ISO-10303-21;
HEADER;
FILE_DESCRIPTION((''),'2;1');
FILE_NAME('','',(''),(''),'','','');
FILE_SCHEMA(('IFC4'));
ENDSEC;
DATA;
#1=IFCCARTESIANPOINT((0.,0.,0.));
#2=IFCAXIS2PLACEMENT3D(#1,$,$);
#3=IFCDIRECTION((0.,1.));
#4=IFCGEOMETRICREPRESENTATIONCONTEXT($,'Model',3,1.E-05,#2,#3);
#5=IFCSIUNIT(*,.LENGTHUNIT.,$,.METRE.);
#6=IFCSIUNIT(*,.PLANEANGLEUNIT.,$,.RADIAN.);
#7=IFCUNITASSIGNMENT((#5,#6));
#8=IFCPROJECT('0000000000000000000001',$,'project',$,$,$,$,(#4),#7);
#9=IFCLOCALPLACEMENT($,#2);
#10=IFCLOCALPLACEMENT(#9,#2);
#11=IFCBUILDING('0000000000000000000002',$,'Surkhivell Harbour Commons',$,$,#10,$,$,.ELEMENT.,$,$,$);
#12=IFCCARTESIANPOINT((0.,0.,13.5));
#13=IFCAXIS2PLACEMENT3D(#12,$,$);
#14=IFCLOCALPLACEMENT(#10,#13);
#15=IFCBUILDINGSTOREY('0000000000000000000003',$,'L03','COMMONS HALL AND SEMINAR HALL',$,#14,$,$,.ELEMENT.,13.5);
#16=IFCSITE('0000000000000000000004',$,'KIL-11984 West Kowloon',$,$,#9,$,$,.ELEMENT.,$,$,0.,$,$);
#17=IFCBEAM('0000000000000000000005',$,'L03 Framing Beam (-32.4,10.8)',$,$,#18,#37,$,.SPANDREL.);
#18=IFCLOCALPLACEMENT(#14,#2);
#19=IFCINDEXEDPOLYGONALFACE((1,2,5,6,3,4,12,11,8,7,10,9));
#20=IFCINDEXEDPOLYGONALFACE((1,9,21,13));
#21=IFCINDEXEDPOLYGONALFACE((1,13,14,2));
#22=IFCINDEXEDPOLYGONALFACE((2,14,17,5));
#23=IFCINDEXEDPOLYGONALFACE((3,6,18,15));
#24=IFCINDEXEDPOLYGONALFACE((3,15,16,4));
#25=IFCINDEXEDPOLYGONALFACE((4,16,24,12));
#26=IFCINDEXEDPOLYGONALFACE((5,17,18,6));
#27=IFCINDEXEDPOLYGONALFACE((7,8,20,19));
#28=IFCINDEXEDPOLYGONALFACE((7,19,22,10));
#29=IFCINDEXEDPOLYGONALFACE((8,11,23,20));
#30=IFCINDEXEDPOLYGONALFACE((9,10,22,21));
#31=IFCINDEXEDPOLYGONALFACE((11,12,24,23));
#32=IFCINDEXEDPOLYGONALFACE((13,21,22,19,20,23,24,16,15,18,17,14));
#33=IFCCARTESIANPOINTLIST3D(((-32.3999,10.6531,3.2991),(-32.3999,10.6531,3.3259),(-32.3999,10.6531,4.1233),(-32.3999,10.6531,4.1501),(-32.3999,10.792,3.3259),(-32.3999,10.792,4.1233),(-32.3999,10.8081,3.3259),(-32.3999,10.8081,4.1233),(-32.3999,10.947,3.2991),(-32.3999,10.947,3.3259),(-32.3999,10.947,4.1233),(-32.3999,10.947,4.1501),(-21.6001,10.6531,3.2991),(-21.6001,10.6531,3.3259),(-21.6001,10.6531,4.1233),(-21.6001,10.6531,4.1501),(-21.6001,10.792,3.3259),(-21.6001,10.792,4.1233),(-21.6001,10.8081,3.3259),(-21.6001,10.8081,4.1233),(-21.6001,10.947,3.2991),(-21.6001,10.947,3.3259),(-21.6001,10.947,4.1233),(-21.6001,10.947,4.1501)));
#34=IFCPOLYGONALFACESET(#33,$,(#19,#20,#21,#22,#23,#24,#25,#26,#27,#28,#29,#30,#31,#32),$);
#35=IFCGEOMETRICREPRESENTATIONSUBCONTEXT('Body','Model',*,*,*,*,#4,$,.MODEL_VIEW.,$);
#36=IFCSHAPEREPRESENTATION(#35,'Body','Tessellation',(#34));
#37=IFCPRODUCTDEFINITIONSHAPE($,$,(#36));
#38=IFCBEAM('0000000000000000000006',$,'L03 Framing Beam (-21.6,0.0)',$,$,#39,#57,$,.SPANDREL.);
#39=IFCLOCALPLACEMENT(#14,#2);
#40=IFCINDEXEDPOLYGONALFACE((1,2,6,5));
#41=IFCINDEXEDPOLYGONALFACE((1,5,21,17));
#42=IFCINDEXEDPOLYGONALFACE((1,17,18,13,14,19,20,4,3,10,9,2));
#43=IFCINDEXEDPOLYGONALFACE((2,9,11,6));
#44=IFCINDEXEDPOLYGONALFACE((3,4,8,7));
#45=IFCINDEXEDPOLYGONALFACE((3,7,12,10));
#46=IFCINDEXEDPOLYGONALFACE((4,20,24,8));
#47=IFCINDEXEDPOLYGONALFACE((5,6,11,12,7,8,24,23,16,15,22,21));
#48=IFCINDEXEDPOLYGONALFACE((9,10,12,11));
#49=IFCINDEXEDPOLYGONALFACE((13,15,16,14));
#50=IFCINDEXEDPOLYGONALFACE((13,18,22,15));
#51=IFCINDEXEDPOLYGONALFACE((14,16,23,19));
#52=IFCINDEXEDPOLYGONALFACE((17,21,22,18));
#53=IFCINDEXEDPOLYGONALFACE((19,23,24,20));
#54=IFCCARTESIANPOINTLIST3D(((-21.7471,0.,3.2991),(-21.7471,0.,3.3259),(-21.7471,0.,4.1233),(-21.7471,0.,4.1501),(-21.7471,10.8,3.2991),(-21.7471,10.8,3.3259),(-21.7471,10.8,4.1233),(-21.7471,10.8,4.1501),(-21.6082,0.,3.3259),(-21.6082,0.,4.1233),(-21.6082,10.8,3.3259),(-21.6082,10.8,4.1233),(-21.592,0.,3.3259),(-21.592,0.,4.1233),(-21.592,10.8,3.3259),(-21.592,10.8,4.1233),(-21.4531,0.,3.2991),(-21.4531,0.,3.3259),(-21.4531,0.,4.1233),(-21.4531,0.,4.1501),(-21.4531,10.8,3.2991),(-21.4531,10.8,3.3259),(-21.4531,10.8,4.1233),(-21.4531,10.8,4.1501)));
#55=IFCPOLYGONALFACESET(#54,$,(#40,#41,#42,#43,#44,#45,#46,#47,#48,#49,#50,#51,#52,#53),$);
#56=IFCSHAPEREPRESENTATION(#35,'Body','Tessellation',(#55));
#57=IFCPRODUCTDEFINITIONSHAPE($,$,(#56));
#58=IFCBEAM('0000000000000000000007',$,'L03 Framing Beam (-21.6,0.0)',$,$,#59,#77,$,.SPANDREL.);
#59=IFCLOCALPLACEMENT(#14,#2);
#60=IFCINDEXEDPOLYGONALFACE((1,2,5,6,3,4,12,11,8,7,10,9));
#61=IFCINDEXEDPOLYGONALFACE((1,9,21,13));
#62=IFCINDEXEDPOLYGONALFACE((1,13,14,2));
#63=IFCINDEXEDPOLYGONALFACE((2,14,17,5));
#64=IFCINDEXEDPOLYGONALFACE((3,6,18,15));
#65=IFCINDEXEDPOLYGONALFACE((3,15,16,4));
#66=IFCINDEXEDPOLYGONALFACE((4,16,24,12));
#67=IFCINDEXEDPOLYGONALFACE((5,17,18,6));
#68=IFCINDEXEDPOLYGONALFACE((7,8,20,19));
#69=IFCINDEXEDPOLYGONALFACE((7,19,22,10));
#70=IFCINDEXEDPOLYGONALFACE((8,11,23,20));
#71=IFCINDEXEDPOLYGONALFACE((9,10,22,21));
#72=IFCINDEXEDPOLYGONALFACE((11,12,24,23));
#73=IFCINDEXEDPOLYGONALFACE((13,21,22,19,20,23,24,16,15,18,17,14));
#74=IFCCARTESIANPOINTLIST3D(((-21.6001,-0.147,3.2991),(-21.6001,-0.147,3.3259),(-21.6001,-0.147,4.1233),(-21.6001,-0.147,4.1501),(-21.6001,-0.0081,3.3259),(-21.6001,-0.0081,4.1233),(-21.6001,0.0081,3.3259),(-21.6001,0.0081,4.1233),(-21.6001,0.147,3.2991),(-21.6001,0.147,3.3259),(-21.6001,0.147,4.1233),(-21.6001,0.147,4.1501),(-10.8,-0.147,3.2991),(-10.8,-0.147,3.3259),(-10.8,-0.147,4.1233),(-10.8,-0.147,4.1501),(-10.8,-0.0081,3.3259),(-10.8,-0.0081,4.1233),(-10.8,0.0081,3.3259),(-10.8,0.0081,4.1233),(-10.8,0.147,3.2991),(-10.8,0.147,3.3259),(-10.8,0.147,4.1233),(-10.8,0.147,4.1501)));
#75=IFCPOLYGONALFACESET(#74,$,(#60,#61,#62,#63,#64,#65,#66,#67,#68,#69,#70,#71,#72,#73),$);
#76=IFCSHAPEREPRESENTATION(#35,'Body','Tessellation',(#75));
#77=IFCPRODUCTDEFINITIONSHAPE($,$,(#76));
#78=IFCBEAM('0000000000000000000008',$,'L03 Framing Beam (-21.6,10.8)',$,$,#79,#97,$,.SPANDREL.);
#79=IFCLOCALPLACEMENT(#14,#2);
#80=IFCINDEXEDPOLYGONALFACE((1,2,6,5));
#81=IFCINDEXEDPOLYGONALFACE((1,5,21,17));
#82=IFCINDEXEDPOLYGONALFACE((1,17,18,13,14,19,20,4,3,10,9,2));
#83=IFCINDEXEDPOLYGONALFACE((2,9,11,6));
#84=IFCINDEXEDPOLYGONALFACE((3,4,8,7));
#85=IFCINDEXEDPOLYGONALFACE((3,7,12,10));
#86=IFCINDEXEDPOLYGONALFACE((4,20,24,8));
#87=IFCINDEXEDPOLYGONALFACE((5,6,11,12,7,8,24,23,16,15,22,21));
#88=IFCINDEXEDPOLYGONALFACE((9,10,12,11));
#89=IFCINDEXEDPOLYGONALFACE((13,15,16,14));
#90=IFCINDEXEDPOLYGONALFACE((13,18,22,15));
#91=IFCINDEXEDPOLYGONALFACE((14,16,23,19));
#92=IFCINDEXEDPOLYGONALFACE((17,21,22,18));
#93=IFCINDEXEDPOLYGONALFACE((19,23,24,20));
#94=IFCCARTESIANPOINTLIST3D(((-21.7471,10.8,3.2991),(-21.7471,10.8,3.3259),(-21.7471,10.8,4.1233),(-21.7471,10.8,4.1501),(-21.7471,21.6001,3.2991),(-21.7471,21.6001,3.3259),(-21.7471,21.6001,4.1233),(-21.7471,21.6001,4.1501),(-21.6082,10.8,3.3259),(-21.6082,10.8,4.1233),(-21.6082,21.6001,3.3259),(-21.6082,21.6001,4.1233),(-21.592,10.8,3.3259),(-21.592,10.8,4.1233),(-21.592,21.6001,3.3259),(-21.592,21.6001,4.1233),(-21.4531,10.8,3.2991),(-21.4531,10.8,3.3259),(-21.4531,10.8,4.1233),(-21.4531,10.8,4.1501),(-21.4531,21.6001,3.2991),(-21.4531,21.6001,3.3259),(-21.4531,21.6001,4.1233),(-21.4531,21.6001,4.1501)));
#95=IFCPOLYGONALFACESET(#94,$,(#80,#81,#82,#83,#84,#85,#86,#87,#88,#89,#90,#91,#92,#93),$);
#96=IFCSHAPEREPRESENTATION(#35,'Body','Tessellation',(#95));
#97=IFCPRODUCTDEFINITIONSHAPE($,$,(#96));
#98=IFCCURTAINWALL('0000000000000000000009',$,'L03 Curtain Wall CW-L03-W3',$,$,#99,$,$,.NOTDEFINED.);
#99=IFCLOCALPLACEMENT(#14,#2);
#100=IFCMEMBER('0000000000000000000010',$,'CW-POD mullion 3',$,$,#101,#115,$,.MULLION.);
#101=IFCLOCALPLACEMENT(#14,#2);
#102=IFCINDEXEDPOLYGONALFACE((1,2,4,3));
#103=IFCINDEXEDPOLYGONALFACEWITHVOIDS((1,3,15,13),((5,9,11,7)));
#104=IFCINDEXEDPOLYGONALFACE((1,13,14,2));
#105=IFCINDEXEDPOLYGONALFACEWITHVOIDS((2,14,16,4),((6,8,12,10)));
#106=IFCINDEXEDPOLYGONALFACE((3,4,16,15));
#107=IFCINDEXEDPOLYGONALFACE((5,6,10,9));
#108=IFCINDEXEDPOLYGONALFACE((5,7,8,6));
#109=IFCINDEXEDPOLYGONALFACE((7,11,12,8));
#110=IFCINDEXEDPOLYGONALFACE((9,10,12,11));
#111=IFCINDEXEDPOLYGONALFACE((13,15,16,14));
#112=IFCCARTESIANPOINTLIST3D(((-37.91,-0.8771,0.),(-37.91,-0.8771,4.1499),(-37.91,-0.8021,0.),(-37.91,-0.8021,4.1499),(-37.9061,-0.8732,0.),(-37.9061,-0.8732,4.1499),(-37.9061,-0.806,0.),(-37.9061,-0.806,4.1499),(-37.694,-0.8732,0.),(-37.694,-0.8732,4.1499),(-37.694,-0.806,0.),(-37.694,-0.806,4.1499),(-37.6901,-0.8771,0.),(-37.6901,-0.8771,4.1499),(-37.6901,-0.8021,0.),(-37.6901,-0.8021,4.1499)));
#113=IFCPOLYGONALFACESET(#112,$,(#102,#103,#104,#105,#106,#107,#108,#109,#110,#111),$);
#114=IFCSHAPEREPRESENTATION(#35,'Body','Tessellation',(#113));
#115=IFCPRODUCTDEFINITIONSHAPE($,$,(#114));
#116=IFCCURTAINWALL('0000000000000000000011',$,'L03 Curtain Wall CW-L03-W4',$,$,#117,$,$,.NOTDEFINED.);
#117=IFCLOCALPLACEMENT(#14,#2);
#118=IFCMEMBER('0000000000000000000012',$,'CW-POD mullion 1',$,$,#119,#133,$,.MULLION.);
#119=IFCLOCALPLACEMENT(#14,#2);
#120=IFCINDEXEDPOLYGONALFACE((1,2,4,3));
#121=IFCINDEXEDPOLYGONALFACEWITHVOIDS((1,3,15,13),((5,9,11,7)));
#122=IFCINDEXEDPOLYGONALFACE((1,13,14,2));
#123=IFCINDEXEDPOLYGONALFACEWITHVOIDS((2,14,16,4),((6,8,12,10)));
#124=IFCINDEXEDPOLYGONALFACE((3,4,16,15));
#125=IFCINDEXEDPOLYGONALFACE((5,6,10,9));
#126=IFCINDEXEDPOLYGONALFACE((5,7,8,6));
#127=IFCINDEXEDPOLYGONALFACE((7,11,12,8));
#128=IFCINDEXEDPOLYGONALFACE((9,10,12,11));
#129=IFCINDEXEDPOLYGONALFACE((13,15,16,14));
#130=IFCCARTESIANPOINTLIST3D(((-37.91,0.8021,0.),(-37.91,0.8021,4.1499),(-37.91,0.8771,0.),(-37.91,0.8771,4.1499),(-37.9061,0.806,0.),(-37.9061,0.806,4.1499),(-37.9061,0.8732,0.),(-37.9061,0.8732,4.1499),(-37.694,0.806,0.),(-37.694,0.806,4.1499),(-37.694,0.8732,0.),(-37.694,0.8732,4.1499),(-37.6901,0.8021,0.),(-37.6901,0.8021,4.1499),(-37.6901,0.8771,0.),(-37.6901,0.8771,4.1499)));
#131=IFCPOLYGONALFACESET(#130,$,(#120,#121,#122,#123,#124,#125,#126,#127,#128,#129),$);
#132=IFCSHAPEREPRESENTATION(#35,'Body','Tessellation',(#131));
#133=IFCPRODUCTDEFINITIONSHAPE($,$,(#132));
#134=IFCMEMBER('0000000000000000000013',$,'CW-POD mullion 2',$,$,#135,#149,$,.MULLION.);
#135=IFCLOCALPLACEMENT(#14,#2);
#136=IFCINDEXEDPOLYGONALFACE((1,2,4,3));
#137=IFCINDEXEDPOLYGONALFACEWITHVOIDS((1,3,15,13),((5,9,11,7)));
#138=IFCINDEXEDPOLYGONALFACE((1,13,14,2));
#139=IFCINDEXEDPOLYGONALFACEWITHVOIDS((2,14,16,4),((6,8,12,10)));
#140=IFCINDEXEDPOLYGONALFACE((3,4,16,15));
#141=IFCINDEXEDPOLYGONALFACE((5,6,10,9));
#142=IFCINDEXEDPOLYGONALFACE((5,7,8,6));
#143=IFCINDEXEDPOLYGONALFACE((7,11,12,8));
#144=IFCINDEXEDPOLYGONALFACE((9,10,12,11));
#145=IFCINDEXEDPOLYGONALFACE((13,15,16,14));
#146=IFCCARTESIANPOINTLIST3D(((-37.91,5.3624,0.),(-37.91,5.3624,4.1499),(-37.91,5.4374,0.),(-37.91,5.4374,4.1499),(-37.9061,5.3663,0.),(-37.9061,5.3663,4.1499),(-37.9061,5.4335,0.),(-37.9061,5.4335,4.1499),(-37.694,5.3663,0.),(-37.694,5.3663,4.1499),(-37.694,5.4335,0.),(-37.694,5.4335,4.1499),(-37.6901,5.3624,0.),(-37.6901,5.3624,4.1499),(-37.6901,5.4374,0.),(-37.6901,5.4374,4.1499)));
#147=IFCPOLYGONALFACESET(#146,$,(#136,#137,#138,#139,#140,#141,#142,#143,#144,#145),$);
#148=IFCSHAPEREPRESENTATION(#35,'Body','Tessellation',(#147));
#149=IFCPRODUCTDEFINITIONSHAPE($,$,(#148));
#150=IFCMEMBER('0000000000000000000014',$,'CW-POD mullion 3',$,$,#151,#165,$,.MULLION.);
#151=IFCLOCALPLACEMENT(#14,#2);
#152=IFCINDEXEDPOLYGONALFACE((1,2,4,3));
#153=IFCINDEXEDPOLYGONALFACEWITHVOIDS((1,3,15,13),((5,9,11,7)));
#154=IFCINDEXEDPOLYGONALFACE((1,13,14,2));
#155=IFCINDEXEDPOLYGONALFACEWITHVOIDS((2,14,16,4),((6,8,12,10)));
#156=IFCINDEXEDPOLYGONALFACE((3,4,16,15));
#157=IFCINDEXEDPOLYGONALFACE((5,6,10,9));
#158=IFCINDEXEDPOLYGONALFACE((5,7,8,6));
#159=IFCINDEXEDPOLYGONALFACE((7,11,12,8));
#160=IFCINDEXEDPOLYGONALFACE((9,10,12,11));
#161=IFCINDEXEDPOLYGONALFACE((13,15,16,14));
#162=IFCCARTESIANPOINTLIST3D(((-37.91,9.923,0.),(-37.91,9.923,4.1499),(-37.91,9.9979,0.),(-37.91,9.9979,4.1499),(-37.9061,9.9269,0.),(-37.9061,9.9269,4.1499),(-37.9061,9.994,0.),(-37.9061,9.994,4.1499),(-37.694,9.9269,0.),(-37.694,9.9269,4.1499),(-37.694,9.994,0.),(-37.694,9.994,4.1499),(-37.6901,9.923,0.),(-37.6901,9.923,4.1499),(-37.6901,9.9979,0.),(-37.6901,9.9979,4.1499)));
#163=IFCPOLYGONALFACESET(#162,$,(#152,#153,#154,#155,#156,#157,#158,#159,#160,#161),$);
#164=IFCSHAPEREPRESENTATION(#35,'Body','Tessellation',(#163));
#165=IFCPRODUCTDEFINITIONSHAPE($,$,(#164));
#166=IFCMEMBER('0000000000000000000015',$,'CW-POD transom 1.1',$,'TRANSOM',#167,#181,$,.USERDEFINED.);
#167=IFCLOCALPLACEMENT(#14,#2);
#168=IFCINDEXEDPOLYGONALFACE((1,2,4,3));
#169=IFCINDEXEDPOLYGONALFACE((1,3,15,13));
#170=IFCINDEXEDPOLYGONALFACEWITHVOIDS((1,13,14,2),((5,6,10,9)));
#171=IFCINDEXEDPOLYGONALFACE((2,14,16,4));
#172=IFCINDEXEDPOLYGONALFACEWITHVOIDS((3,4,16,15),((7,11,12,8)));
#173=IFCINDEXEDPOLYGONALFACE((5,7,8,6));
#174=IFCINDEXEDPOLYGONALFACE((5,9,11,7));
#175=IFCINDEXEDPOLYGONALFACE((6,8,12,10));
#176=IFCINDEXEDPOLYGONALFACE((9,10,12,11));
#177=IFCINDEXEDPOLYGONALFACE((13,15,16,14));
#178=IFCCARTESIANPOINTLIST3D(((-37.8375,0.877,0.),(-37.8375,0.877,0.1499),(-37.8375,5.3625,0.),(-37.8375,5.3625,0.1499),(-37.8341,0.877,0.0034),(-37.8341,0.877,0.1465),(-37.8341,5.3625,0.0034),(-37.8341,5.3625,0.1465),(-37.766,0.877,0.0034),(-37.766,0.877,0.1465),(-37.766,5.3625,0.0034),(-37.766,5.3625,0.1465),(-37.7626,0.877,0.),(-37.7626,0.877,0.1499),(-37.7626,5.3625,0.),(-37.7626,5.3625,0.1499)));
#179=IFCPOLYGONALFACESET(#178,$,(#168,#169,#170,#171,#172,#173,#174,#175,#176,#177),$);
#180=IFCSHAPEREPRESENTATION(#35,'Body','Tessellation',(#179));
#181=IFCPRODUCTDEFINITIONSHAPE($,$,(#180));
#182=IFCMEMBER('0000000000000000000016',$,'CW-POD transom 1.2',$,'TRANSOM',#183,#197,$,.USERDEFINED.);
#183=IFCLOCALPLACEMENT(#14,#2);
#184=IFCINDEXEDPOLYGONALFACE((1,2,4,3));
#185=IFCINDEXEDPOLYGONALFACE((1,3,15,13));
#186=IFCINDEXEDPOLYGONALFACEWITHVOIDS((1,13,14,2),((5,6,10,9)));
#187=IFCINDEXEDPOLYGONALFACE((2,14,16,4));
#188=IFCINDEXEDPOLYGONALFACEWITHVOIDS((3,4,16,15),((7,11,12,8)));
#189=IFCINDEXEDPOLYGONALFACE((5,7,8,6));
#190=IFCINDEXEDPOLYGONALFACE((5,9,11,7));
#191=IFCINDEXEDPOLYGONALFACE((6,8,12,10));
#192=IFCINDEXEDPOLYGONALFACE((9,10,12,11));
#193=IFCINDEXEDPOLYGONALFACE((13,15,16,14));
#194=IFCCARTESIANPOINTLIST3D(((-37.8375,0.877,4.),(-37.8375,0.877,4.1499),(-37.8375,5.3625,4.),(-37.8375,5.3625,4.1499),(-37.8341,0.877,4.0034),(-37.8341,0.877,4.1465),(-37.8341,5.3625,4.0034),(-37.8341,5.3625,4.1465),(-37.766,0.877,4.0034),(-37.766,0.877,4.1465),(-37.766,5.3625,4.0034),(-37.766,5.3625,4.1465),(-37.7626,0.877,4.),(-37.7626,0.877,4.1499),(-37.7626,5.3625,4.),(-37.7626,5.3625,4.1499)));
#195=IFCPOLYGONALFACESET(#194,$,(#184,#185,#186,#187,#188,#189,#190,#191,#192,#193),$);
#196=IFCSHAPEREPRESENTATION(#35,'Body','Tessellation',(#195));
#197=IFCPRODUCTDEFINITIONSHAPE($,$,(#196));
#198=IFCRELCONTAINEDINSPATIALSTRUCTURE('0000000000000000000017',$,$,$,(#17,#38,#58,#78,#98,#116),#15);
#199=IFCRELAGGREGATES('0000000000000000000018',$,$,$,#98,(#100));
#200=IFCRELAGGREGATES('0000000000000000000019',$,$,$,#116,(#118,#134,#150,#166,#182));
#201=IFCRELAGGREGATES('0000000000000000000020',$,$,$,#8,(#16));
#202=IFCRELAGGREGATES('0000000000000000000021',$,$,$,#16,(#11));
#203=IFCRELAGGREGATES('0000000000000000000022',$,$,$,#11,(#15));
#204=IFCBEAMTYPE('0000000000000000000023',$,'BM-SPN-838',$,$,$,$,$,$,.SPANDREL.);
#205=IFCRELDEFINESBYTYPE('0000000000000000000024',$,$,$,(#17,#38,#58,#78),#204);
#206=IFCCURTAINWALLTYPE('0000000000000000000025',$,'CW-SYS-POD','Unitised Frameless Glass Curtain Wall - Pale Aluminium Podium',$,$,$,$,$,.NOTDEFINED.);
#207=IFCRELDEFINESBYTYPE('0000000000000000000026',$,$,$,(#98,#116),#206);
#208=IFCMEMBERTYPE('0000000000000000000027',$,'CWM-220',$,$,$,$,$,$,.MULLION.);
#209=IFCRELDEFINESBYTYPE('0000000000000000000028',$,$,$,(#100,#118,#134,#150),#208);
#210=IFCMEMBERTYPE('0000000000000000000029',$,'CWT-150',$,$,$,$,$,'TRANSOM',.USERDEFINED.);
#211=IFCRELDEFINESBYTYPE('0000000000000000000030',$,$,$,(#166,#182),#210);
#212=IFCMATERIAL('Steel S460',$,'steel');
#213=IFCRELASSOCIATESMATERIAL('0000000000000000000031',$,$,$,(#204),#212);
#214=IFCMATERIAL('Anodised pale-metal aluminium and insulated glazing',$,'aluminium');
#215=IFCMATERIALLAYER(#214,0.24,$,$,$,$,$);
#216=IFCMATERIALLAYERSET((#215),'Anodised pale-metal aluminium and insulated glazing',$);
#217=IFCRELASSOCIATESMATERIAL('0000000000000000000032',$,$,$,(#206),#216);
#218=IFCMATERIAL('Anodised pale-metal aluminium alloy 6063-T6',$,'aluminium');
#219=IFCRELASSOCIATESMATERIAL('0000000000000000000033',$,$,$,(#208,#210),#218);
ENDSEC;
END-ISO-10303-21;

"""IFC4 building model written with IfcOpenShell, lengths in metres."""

from ifc_helpers import new_model, si_unit, direction, frame, origin, origin_2d, place, context, subcontext, project, spatial, hollow_rectangle, i_section, extrude, material, layer, layer_set, material_profile, profile_set, type_object, element, aggregate, save


model = new_model("IFC4")

# Units and contexts
model_context = context("Model", 3, precision=1e-05, world=origin(), true_north=direction((0.0, 1.0)))
body_context = subcontext(model_context, "Body", "Model", "MODEL_VIEW")
ifc_project = project(units=[si_unit("LENGTHUNIT", "METRE"), si_unit("PLANEANGLEUNIT", "RADIAN")], contexts=[model_context])

# Site, building, storey
site_placement = place(None, origin())
site = spatial("IfcSite", under=ifc_project, at=site_placement, Name="KIL-11984 West Kowloon", CompositionType="ELEMENT", RefElevation=0.0)
building_placement = place(site_placement, origin())
building = spatial("IfcBuilding", under=site, at=building_placement, Name="Surkhivell Harbour Commons", CompositionType="ELEMENT")
storey_placement = place(building_placement, frame((0.0, 0.0, 13.5)))
storey = spatial("IfcBuildingStorey", under=building, at=storey_placement, Name="L03", Description="COMMONS HALL AND SEMINAR HALL", CompositionType="ELEMENT", Elevation=13.5)

# Beams
ifc_material_1 = material(Name="Steel S460", Category="steel")
ifc_material_profile_1 = material_profile(ifc_material_1, i_section(OverallWidth=0.2939, OverallDepth=0.8511, WebThickness=0.0161, FlangeThickness=0.0269, at=origin_2d()), Name="UB838x292x226")
ifc_profile_set_1 = profile_set([ifc_material_profile_1], Name="Steel S460")
beam_type = type_object("IfcBeamType", Name="BM-SPN-838", PredefinedType="SPANDREL", material=ifc_profile_set_1)
beam_1_placement = place(storey_placement, frame((-32.3999, 10.8, 3.7246), z_axis=(1.0, 0.0, 0.0), x_axis=(0.0, 1.0, 0.0)))
element("IfcBeam", 1, at=beam_1_placement, inside=storey, type_object=beam_type, Name="L03 Framing Beam (-32.4,10.8)", PredefinedType="SPANDREL", context=body_context, shape_type="SweptSolid", body=[
    extrude(i_section(OverallWidth=0.2939, OverallDepth=0.8511, WebThickness=0.0161, FlangeThickness=0.0269, at=origin_2d()), origin(), (0.0, 0.0, 1.0), 10.7998),
])
for number, where, z_axis, x_axis, name in (
    (2, (-21.6001, 0.0, 3.7246), (0.0, 1.0, 0.0), (-1.0, 0.0, 0.0), "L03 Framing Beam (-21.6,0.0)"),
    (3, (-21.6001, 0.0, 3.7246), (1.0, 0.0, 0.0), (0.0, 1.0, 0.0), "L03 Framing Beam (-21.6,0.0)"),
    (4, (-21.6001, 10.8, 3.7246), (0.0, 1.0, 0.0), (-1.0, 0.0, 0.0), "L03 Framing Beam (-21.6,10.8)"),
):
    element("IfcBeam", number, at=place(storey_placement, frame(where, z_axis=z_axis, x_axis=x_axis)), inside=storey, type_object=beam_type, Name=name, PredefinedType="SPANDREL", context=body_context, shape_type="SweptSolid", body=[
        extrude(i_section(OverallWidth=0.2939, OverallDepth=0.8511, WebThickness=0.0161, FlangeThickness=0.0269, at=origin_2d()), origin(), (0.0, 0.0, 1.0), 10.8),
    ])

# Curtain wall, member
ifc_material_2 = material(Name="Anodised pale-metal aluminium and insulated glazing", Category="aluminium")
ifc_layer_1 = layer(ifc_material_2, 0.24)
ifc_layer_set_1 = layer_set([ifc_layer_1], Name="Anodised pale-metal aluminium and insulated glazing")
curtain_wall_type = type_object("IfcCurtainWallType", Name="CW-SYS-POD", Description="Unitised Frameless Glass Curtain Wall - Pale Aluminium Podium", PredefinedType="NOTDEFINED", material=ifc_layer_set_1)
curtain_wall_1_placement = place(storey_placement, origin())
curtain_wall_1 = element("IfcCurtainWall", 5, at=curtain_wall_1_placement, inside=storey, type_object=curtain_wall_type, Name="L03 Curtain Wall CW-L03-W3", PredefinedType="NOTDEFINED")
ifc_material_3 = material(Name="Anodised pale-metal aluminium alloy 6063-T6", Category="aluminium")
ifc_material_profile_2 = material_profile(ifc_material_3, hollow_rectangle(XDim=0.075, YDim=0.22, WallThickness=0.0039, at=origin_2d()), Name="ALU-MULL-75x220")
ifc_profile_set_2 = profile_set([ifc_material_profile_2], Name="Anodised pale-metal aluminium alloy 6063-T6")
member_type_1 = type_object("IfcMemberType", Name="CWM-220", PredefinedType="MULLION", material=ifc_profile_set_2)
member_1_placement = place(storey_placement, frame((-37.8, -0.8396, 0.0), z_axis=(0.0, 0.0, 1.0), x_axis=(0.0, 1.0, 0.0)))
member_1 = element("IfcMember", 6, at=member_1_placement, type_object=member_type_1, Name="CW-POD mullion 3", PredefinedType="MULLION", context=body_context, shape_type="SweptSolid", body=[
    extrude(hollow_rectangle(XDim=0.075, YDim=0.22, WallThickness=0.0039, at=origin_2d()), origin(), (0.0, 0.0, 1.0), 4.1499),
])
aggregate(curtain_wall_1, [member_1])

# Curtain wall, members
curtain_wall_2_placement = place(storey_placement, origin())
curtain_wall_2 = element("IfcCurtainWall", 7, at=curtain_wall_2_placement, inside=storey, type_object=curtain_wall_type, Name="L03 Curtain Wall CW-L03-W4", PredefinedType="NOTDEFINED")
member_2_placement = place(storey_placement, frame((-37.8, 0.8396, 0.0), z_axis=(0.0, 0.0, 1.0), x_axis=(0.0, 1.0, 0.0)))
member_2 = element("IfcMember", 8, at=member_2_placement, type_object=member_type_1, Name="CW-POD mullion 1", PredefinedType="MULLION", context=body_context, shape_type="SweptSolid", body=[
    extrude(hollow_rectangle(XDim=0.075, YDim=0.22, WallThickness=0.0039, at=origin_2d()), origin(), (0.0, 0.0, 1.0), 4.1499),
])
member_3_placement = place(storey_placement, frame((-37.8, 5.3999, 0.0), z_axis=(0.0, 0.0, 1.0), x_axis=(0.0, 1.0, 0.0)))
member_3 = element("IfcMember", 9, at=member_3_placement, type_object=member_type_1, Name="CW-POD mullion 2", PredefinedType="MULLION", context=body_context, shape_type="SweptSolid", body=[
    extrude(hollow_rectangle(XDim=0.075, YDim=0.22, WallThickness=0.0039, at=origin_2d()), origin(), (0.0, 0.0, 1.0), 4.1499),
])
member_4_placement = place(storey_placement, frame((-37.8, 9.9604, 0.0), z_axis=(0.0, 0.0, 1.0), x_axis=(0.0, 1.0, 0.0)))
member_4 = element("IfcMember", 10, at=member_4_placement, type_object=member_type_1, Name="CW-POD mullion 3", PredefinedType="MULLION", context=body_context, shape_type="SweptSolid", body=[
    extrude(hollow_rectangle(XDim=0.075, YDim=0.22, WallThickness=0.0039, at=origin_2d()), origin(), (0.0, 0.0, 1.0), 4.1499),
])
ifc_material_profile_3 = material_profile(ifc_material_3, hollow_rectangle(XDim=0.075, YDim=0.1499, WallThickness=0.0034, at=origin_2d()), Name="ALU-TRAN-75x150")
ifc_profile_set_3 = profile_set([ifc_material_profile_3], Name="Anodised pale-metal aluminium alloy 6063-T6")
member_type_2 = type_object("IfcMemberType", Name="CWT-150", ElementType="TRANSOM", PredefinedType="USERDEFINED", material=ifc_profile_set_3)
member_5_placement = place(storey_placement, frame((-37.8, 0.877, 0.075), z_axis=(0.0, 1.0, 0.0), x_axis=(-1.0, 0.0, 0.0)))
member_5 = element("IfcMember", 11, at=member_5_placement, type_object=member_type_2, Name="CW-POD transom 1.1", ObjectType="TRANSOM", PredefinedType="USERDEFINED", context=body_context, shape_type="SweptSolid", body=[
    extrude(hollow_rectangle(XDim=0.075, YDim=0.1499, WallThickness=0.0034, at=origin_2d()), origin(), (0.0, 0.0, 1.0), 4.4856),
])
member_6_placement = place(storey_placement, frame((-37.8, 0.877, 4.075), z_axis=(0.0, 1.0, 0.0), x_axis=(-1.0, 0.0, 0.0)))
member_6 = element("IfcMember", 12, at=member_6_placement, type_object=member_type_2, Name="CW-POD transom 1.2", ObjectType="TRANSOM", PredefinedType="USERDEFINED", context=body_context, shape_type="SweptSolid", body=[
    extrude(hollow_rectangle(XDim=0.075, YDim=0.1499, WallThickness=0.0034, at=origin_2d()), origin(), (0.0, 0.0, 1.0), 4.4856),
])
aggregate(curtain_wall_2, [member_2, member_3, member_4, member_5, member_6])

save(model, "model.ifc")
